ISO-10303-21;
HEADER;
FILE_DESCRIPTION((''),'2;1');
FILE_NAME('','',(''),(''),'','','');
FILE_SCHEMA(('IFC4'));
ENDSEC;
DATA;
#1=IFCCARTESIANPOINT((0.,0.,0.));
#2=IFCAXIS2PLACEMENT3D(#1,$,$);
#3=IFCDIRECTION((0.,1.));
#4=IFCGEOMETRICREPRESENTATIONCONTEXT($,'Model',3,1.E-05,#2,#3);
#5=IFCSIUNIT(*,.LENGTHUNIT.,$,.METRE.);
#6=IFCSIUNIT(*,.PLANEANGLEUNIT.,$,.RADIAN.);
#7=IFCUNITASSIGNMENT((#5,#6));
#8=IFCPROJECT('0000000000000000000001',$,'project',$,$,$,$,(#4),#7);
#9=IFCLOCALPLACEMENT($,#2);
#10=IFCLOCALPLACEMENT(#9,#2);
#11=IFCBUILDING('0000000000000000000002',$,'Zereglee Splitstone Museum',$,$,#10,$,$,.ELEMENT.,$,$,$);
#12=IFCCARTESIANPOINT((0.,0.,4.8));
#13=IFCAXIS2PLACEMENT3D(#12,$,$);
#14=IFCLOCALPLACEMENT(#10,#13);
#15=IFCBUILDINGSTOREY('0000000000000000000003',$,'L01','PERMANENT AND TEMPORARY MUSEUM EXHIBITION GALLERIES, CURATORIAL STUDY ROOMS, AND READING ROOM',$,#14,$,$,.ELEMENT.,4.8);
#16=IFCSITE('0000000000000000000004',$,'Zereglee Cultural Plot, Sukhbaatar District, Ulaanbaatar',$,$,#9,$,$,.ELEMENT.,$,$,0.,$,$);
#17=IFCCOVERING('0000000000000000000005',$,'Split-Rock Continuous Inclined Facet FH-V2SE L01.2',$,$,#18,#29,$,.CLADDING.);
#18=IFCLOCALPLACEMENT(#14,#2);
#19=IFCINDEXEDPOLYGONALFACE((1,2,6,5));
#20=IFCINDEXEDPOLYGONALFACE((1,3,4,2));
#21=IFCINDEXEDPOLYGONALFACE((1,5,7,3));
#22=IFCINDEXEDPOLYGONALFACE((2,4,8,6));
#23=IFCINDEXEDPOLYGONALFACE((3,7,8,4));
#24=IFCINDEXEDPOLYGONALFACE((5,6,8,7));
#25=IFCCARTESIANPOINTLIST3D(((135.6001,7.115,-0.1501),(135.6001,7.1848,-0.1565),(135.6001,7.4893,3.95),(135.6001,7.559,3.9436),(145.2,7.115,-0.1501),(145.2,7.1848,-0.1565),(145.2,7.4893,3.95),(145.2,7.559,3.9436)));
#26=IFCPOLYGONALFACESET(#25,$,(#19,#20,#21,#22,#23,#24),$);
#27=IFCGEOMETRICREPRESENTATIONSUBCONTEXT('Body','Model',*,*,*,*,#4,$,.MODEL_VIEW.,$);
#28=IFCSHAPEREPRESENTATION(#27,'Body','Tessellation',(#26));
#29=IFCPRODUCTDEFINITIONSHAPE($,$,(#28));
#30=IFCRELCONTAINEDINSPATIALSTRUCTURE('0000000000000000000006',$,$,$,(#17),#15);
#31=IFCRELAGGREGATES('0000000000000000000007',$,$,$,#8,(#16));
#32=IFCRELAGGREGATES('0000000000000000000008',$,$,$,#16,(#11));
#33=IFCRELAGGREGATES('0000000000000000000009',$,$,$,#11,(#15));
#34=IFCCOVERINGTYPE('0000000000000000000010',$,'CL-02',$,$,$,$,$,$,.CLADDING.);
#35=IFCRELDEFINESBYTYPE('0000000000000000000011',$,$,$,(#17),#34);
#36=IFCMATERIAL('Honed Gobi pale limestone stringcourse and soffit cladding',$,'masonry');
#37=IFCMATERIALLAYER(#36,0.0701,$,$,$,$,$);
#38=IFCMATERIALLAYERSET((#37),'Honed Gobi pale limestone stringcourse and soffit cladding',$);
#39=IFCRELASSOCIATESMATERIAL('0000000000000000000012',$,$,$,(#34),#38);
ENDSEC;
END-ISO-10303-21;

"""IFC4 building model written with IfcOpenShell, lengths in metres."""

from ifc_helpers import new_model, si_unit, direction, frame, origin, place, context, subcontext, project, spatial, polyline, outline, extrude, material, layer, layer_set, type_object, element, save


model = new_model("IFC4")

# Units and contexts
model_context = context("Model", 3, precision=1e-05, world=origin(), true_north=direction((0.0, 1.0)))
body_context = subcontext(model_context, "Body", "Model", "MODEL_VIEW")
ifc_project = project(units=[si_unit("LENGTHUNIT", "METRE"), si_unit("PLANEANGLEUNIT", "RADIAN")], contexts=[model_context])

# Site, building, storey
site_placement = place(None, origin())
site = spatial("IfcSite", under=ifc_project, at=site_placement, Name="Zereglee Cultural Plot, Sukhbaatar District, Ulaanbaatar", CompositionType="ELEMENT", RefElevation=0.0)
building_placement = place(site_placement, origin())
building = spatial("IfcBuilding", under=site, at=building_placement, Name="Zereglee Splitstone Museum", CompositionType="ELEMENT")
storey_placement = place(building_placement, frame((0.0, 0.0, 4.8)))
storey = spatial("IfcBuildingStorey", under=building, at=storey_placement, Name="L01", Description="PERMANENT AND TEMPORARY MUSEUM EXHIBITION GALLERIES, CURATORIAL STUDY ROOMS, AND READING ROOM", CompositionType="ELEMENT", Elevation=4.8)

# Covering
ifc_material_1 = material(Name="Honed Gobi pale limestone stringcourse and soffit cladding", Category="masonry")
ifc_layer_1 = layer(ifc_material_1, 0.0701)
ifc_layer_set_1 = layer_set([ifc_layer_1], Name="Honed Gobi pale limestone stringcourse and soffit cladding")
covering_type = type_object("IfcCoveringType", Name="CL-02", PredefinedType="CLADDING", material=ifc_layer_set_1)
covering_placement = place(storey_placement, frame((135.6001, 7.115, -0.1501), z_axis=(0.0, -0.99586, 0.090905), x_axis=(1.0, 0.0, 0.0)))
element("IfcCovering", 1, at=covering_placement, inside=storey, type_object=covering_type, Name="Split-Rock Continuous Inclined Facet FH-V2SE L01.2", PredefinedType="CLADDING", context=body_context, shape_type="SweptSolid", body=[
    extrude(outline(polyline([(0.0, 0.0), (9.5999, 0.0), (9.5999, 4.1171), (0.0, 4.1171), (0.0, 0.0)])), origin(), (0.0, 0.0, -1.0), 0.0701),
])

save(model, "model.ifc")
